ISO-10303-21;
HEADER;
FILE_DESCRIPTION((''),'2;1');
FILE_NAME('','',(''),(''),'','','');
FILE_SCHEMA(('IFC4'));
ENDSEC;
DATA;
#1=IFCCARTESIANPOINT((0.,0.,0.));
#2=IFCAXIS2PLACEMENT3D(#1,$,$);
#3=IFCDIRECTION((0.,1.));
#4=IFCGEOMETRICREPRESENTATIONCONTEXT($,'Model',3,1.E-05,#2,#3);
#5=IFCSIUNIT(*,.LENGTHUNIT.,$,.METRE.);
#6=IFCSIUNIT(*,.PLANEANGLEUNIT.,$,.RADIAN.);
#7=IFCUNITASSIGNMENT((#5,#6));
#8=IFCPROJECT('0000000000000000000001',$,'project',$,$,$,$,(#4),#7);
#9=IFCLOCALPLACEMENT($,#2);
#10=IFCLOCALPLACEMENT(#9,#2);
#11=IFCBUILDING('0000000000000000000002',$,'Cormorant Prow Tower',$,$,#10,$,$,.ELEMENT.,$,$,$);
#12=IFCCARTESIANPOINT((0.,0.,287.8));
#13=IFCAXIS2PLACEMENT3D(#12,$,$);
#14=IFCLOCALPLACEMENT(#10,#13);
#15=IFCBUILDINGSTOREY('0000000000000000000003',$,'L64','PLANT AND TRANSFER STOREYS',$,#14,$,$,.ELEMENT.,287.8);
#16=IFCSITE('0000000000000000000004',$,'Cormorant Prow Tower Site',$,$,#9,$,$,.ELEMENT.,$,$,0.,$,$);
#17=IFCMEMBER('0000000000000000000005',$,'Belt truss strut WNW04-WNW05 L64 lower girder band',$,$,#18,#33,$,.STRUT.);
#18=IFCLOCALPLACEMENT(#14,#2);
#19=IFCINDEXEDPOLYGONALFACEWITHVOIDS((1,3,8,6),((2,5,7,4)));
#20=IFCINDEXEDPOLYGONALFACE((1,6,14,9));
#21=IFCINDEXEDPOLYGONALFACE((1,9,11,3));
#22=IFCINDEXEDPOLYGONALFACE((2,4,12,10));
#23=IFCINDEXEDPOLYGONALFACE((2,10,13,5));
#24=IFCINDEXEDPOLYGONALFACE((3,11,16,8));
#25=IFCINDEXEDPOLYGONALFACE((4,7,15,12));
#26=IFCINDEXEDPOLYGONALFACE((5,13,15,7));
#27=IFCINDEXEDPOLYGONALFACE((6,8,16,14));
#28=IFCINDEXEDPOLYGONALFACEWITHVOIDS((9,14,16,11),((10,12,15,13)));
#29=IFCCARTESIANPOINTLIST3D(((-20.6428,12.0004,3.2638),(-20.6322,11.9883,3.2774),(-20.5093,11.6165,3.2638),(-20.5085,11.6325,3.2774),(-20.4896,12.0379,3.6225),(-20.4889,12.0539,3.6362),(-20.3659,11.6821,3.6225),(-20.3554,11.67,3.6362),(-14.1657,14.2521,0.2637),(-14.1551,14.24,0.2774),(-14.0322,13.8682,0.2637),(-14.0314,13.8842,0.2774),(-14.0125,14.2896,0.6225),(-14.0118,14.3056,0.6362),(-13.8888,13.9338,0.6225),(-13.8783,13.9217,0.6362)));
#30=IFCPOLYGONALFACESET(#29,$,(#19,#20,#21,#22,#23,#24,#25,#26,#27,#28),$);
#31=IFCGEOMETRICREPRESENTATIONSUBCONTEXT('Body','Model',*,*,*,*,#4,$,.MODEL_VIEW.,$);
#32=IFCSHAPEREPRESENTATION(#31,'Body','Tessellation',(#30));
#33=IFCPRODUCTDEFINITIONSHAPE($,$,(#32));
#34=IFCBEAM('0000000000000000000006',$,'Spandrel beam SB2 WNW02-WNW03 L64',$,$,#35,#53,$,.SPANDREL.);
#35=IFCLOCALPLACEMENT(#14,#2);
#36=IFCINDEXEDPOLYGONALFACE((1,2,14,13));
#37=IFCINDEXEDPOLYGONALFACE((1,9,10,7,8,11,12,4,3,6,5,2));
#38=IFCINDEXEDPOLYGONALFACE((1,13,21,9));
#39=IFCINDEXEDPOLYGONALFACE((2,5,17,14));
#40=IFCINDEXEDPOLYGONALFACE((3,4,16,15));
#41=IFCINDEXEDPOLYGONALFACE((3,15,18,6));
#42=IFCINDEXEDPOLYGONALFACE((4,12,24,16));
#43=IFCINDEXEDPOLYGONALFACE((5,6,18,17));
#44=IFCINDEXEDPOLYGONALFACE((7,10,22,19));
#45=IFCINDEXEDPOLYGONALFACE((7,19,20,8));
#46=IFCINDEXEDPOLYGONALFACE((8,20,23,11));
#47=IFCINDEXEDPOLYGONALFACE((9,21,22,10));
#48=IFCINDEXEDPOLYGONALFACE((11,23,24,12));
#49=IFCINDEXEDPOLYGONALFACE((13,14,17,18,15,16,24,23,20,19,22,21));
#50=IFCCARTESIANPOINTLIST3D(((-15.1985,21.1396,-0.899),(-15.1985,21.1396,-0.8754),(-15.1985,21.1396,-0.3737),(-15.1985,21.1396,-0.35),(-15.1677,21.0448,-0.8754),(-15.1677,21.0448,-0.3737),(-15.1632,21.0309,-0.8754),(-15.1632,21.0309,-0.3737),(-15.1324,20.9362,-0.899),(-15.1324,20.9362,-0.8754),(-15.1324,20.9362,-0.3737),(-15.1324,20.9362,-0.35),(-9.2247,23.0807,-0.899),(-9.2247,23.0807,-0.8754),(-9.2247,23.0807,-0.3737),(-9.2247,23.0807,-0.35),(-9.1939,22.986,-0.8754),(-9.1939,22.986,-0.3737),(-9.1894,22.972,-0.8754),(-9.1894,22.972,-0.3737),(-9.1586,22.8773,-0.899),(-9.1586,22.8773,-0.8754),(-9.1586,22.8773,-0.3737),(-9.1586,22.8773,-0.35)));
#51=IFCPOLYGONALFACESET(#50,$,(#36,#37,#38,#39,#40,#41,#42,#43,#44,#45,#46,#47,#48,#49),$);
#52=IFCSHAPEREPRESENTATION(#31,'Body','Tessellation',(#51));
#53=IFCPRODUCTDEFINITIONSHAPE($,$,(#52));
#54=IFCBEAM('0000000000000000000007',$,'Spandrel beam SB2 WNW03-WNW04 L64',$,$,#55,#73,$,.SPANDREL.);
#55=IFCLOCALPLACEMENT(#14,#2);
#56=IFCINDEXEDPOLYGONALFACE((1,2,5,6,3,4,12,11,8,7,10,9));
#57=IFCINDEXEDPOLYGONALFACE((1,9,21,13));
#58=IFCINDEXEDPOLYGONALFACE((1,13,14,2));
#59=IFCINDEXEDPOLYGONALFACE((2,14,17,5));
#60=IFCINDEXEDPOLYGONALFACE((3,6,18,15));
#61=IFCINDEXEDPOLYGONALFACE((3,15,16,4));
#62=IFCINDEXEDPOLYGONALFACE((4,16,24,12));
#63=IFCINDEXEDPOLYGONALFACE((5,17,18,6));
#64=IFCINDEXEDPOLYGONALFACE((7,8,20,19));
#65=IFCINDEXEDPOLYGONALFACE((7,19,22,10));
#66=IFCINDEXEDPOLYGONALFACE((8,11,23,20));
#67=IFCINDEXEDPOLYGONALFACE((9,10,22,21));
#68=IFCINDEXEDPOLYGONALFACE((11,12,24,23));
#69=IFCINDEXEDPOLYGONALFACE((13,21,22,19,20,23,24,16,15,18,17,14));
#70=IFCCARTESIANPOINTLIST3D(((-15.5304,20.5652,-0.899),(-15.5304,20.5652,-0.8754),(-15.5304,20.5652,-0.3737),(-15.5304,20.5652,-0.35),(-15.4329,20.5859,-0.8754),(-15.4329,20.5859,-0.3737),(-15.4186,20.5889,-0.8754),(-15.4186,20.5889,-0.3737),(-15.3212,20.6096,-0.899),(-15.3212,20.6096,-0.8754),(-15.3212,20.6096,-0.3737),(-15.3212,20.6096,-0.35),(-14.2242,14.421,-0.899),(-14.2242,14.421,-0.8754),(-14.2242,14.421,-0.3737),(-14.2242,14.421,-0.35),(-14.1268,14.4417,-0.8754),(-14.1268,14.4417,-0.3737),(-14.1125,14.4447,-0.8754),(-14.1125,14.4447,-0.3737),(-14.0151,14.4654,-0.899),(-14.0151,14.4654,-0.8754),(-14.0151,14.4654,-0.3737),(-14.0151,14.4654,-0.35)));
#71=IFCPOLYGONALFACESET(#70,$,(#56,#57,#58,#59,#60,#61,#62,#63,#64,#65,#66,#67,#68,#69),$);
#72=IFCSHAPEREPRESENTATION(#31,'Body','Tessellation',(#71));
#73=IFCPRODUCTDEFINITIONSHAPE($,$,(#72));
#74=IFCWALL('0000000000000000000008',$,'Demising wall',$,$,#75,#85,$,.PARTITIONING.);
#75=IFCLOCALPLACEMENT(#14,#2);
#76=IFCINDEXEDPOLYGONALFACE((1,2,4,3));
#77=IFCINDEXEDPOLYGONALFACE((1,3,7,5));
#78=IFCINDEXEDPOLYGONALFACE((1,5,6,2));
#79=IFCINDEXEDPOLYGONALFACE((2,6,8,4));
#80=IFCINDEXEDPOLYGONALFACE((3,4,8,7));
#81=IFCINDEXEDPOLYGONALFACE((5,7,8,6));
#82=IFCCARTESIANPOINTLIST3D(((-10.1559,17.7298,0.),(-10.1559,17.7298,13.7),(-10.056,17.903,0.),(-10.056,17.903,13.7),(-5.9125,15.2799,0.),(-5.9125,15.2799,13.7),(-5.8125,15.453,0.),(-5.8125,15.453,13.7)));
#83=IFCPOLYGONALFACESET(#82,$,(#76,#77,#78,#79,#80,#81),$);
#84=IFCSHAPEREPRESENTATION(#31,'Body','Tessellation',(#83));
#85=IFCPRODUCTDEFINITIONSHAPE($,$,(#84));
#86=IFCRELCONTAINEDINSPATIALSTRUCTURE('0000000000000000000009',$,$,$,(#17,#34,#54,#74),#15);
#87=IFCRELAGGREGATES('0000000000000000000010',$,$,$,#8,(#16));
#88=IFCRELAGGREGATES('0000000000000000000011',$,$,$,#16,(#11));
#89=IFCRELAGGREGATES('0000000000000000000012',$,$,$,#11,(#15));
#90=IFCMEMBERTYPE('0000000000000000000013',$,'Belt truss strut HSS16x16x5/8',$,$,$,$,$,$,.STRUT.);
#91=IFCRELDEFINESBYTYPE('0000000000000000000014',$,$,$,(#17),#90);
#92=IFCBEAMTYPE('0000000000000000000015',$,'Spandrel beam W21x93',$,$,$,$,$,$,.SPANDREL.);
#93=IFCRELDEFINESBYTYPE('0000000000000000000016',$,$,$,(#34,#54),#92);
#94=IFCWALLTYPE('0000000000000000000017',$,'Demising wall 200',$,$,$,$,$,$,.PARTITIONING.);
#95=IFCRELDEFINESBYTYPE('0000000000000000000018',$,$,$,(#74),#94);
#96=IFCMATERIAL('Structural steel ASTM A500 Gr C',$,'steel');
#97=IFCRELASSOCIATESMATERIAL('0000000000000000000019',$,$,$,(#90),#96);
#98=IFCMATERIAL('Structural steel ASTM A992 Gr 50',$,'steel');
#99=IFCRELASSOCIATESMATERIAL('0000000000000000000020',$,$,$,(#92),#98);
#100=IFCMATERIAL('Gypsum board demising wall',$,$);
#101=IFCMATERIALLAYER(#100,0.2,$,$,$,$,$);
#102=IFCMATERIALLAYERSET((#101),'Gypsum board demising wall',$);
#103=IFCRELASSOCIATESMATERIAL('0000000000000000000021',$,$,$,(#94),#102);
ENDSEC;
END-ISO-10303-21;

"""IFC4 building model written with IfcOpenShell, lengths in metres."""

from ifc_helpers import new_model, si_unit, direction, frame, frame_2d, origin, origin_2d, place, context, subcontext, project, spatial, rectangle, hollow_rectangle, i_section, extrude, material, layer, layer_set, material_profile, profile_set, type_object, element, save


model = new_model("IFC4")

# Units and contexts
model_context = context("Model", 3, precision=1e-05, world=origin(), true_north=direction((0.0, 1.0)))
body_context = subcontext(model_context, "Body", "Model", "MODEL_VIEW")
ifc_project = project(units=[si_unit("LENGTHUNIT", "METRE"), si_unit("PLANEANGLEUNIT", "RADIAN")], contexts=[model_context])

# Site, building, storey
site_placement = place(None, origin())
site = spatial("IfcSite", under=ifc_project, at=site_placement, Name="Cormorant Prow Tower Site", CompositionType="ELEMENT", RefElevation=0.0)
building_placement = place(site_placement, origin())
building = spatial("IfcBuilding", under=site, at=building_placement, Name="Cormorant Prow Tower", CompositionType="ELEMENT")
storey_placement = place(building_placement, frame((0.0, 0.0, 287.8)))
storey = spatial("IfcBuildingStorey", under=building, at=storey_placement, Name="L64", Description="PLANT AND TRANSFER STOREYS", CompositionType="ELEMENT", Elevation=287.8)

# Member
ifc_material_1 = material(Name="Structural steel ASTM A500 Gr C", Category="steel")
ifc_material_profile_1 = material_profile(ifc_material_1, hollow_rectangle(XDim=0.4065, YDim=0.4065, WallThickness=0.0149, at=origin_2d()), Name="HSS16x16x5/8")
ifc_profile_set_1 = profile_set([ifc_material_profile_1], Name="Structural steel ASTM A500 Gr C")
member_type_1 = type_object("IfcMemberType", Name="Belt truss strut HSS16x16x5/8", PredefinedType="STRUT", material=ifc_profile_set_1)
member_1_placement = place(storey_placement, frame((-14.022, 14.0869, 0.45), z_axis=(-0.865359, -0.300837, 0.400812), x_axis=(0.328367, -0.94455, 0.0)))
element("IfcMember", 1, at=member_1_placement, inside=storey, type_object=member_type_1, Name="Belt truss strut WNW04-WNW05 L64 lower girder band", PredefinedType="STRUT", context=body_context, shape_type="SweptSolid", body=[
    extrude(hollow_rectangle(XDim=0.4065, YDim=0.4065, WallThickness=0.0149, at=origin_2d()), origin(), (0.0, 0.0, 1.0), 7.4849),
])

# Beams
ifc_material_2 = material(Name="Structural steel ASTM A992 Gr 50", Category="steel")
ifc_material_profile_2 = material_profile(ifc_material_2, i_section(OverallWidth=0.2139, OverallDepth=0.5491, WebThickness=0.0146, FlangeThickness=0.0237, at=origin_2d()), Name="W21x93")
ifc_profile_set_2 = profile_set([ifc_material_profile_2], Name="Structural steel ASTM A992 Gr 50")
beam_type = type_object("IfcBeamType", Name="Spandrel beam W21x93", PredefinedType="SPANDREL", material=ifc_profile_set_2)
beam_1_placement = place(storey_placement, frame((-9.1917, 22.979, -0.6245), z_axis=(-0.95105, -0.309036, 0.0), x_axis=(0.309036, -0.95105, 0.0)))
element("IfcBeam", 2, at=beam_1_placement, inside=storey, type_object=beam_type, Name="Spandrel beam SB2 WNW02-WNW03 L64", PredefinedType="SPANDREL", context=body_context, shape_type="SweptSolid", body=[
    extrude(i_section(OverallWidth=0.2139, OverallDepth=0.5491, WebThickness=0.0146, FlangeThickness=0.0237, at=origin_2d()), origin(), (0.0, 0.0, 1.0), 6.2812),
])
beam_2_placement = place(storey_placement, frame((-15.4258, 20.5874, -0.6245), z_axis=(0.207934, -0.978143, 0.0), x_axis=(0.978143, 0.207934, 0.0)))
element("IfcBeam", 3, at=beam_2_placement, inside=storey, type_object=beam_type, Name="Spandrel beam SB2 WNW03-WNW04 L64", PredefinedType="SPANDREL", context=body_context, shape_type="SweptSolid", body=[
    extrude(i_section(OverallWidth=0.2139, OverallDepth=0.5491, WebThickness=0.0146, FlangeThickness=0.0237, at=origin_2d()), origin(), (0.0, 0.0, 1.0), 6.2815),
])

# Wall
ifc_material_3 = material(Name="Gypsum board demising wall")
ifc_layer = layer(ifc_material_3, 0.2)
ifc_layer_set = layer_set([ifc_layer], Name="Gypsum board demising wall")
wall_type = type_object("IfcWallType", Name="Demising wall 200", PredefinedType="PARTITIONING", material=ifc_layer_set)
wall_placement = place(storey_placement, frame((-10.106, 17.8164, 0.0), z_axis=(0.0, 0.0, 1.0), x_axis=(0.866024, -0.500003, 0.0)))
element("IfcWall", 4, at=wall_placement, inside=storey, type_object=wall_type, Name="Demising wall", PredefinedType="PARTITIONING", context=body_context, shape_type="SweptSolid", body=[
    extrude(rectangle(XDim=4.8999, YDim=0.2, at=frame_2d((2.45, 0.0))), origin(), (0.0, 0.0, 1.0), 13.7),
])

save(model, "model.ifc")
